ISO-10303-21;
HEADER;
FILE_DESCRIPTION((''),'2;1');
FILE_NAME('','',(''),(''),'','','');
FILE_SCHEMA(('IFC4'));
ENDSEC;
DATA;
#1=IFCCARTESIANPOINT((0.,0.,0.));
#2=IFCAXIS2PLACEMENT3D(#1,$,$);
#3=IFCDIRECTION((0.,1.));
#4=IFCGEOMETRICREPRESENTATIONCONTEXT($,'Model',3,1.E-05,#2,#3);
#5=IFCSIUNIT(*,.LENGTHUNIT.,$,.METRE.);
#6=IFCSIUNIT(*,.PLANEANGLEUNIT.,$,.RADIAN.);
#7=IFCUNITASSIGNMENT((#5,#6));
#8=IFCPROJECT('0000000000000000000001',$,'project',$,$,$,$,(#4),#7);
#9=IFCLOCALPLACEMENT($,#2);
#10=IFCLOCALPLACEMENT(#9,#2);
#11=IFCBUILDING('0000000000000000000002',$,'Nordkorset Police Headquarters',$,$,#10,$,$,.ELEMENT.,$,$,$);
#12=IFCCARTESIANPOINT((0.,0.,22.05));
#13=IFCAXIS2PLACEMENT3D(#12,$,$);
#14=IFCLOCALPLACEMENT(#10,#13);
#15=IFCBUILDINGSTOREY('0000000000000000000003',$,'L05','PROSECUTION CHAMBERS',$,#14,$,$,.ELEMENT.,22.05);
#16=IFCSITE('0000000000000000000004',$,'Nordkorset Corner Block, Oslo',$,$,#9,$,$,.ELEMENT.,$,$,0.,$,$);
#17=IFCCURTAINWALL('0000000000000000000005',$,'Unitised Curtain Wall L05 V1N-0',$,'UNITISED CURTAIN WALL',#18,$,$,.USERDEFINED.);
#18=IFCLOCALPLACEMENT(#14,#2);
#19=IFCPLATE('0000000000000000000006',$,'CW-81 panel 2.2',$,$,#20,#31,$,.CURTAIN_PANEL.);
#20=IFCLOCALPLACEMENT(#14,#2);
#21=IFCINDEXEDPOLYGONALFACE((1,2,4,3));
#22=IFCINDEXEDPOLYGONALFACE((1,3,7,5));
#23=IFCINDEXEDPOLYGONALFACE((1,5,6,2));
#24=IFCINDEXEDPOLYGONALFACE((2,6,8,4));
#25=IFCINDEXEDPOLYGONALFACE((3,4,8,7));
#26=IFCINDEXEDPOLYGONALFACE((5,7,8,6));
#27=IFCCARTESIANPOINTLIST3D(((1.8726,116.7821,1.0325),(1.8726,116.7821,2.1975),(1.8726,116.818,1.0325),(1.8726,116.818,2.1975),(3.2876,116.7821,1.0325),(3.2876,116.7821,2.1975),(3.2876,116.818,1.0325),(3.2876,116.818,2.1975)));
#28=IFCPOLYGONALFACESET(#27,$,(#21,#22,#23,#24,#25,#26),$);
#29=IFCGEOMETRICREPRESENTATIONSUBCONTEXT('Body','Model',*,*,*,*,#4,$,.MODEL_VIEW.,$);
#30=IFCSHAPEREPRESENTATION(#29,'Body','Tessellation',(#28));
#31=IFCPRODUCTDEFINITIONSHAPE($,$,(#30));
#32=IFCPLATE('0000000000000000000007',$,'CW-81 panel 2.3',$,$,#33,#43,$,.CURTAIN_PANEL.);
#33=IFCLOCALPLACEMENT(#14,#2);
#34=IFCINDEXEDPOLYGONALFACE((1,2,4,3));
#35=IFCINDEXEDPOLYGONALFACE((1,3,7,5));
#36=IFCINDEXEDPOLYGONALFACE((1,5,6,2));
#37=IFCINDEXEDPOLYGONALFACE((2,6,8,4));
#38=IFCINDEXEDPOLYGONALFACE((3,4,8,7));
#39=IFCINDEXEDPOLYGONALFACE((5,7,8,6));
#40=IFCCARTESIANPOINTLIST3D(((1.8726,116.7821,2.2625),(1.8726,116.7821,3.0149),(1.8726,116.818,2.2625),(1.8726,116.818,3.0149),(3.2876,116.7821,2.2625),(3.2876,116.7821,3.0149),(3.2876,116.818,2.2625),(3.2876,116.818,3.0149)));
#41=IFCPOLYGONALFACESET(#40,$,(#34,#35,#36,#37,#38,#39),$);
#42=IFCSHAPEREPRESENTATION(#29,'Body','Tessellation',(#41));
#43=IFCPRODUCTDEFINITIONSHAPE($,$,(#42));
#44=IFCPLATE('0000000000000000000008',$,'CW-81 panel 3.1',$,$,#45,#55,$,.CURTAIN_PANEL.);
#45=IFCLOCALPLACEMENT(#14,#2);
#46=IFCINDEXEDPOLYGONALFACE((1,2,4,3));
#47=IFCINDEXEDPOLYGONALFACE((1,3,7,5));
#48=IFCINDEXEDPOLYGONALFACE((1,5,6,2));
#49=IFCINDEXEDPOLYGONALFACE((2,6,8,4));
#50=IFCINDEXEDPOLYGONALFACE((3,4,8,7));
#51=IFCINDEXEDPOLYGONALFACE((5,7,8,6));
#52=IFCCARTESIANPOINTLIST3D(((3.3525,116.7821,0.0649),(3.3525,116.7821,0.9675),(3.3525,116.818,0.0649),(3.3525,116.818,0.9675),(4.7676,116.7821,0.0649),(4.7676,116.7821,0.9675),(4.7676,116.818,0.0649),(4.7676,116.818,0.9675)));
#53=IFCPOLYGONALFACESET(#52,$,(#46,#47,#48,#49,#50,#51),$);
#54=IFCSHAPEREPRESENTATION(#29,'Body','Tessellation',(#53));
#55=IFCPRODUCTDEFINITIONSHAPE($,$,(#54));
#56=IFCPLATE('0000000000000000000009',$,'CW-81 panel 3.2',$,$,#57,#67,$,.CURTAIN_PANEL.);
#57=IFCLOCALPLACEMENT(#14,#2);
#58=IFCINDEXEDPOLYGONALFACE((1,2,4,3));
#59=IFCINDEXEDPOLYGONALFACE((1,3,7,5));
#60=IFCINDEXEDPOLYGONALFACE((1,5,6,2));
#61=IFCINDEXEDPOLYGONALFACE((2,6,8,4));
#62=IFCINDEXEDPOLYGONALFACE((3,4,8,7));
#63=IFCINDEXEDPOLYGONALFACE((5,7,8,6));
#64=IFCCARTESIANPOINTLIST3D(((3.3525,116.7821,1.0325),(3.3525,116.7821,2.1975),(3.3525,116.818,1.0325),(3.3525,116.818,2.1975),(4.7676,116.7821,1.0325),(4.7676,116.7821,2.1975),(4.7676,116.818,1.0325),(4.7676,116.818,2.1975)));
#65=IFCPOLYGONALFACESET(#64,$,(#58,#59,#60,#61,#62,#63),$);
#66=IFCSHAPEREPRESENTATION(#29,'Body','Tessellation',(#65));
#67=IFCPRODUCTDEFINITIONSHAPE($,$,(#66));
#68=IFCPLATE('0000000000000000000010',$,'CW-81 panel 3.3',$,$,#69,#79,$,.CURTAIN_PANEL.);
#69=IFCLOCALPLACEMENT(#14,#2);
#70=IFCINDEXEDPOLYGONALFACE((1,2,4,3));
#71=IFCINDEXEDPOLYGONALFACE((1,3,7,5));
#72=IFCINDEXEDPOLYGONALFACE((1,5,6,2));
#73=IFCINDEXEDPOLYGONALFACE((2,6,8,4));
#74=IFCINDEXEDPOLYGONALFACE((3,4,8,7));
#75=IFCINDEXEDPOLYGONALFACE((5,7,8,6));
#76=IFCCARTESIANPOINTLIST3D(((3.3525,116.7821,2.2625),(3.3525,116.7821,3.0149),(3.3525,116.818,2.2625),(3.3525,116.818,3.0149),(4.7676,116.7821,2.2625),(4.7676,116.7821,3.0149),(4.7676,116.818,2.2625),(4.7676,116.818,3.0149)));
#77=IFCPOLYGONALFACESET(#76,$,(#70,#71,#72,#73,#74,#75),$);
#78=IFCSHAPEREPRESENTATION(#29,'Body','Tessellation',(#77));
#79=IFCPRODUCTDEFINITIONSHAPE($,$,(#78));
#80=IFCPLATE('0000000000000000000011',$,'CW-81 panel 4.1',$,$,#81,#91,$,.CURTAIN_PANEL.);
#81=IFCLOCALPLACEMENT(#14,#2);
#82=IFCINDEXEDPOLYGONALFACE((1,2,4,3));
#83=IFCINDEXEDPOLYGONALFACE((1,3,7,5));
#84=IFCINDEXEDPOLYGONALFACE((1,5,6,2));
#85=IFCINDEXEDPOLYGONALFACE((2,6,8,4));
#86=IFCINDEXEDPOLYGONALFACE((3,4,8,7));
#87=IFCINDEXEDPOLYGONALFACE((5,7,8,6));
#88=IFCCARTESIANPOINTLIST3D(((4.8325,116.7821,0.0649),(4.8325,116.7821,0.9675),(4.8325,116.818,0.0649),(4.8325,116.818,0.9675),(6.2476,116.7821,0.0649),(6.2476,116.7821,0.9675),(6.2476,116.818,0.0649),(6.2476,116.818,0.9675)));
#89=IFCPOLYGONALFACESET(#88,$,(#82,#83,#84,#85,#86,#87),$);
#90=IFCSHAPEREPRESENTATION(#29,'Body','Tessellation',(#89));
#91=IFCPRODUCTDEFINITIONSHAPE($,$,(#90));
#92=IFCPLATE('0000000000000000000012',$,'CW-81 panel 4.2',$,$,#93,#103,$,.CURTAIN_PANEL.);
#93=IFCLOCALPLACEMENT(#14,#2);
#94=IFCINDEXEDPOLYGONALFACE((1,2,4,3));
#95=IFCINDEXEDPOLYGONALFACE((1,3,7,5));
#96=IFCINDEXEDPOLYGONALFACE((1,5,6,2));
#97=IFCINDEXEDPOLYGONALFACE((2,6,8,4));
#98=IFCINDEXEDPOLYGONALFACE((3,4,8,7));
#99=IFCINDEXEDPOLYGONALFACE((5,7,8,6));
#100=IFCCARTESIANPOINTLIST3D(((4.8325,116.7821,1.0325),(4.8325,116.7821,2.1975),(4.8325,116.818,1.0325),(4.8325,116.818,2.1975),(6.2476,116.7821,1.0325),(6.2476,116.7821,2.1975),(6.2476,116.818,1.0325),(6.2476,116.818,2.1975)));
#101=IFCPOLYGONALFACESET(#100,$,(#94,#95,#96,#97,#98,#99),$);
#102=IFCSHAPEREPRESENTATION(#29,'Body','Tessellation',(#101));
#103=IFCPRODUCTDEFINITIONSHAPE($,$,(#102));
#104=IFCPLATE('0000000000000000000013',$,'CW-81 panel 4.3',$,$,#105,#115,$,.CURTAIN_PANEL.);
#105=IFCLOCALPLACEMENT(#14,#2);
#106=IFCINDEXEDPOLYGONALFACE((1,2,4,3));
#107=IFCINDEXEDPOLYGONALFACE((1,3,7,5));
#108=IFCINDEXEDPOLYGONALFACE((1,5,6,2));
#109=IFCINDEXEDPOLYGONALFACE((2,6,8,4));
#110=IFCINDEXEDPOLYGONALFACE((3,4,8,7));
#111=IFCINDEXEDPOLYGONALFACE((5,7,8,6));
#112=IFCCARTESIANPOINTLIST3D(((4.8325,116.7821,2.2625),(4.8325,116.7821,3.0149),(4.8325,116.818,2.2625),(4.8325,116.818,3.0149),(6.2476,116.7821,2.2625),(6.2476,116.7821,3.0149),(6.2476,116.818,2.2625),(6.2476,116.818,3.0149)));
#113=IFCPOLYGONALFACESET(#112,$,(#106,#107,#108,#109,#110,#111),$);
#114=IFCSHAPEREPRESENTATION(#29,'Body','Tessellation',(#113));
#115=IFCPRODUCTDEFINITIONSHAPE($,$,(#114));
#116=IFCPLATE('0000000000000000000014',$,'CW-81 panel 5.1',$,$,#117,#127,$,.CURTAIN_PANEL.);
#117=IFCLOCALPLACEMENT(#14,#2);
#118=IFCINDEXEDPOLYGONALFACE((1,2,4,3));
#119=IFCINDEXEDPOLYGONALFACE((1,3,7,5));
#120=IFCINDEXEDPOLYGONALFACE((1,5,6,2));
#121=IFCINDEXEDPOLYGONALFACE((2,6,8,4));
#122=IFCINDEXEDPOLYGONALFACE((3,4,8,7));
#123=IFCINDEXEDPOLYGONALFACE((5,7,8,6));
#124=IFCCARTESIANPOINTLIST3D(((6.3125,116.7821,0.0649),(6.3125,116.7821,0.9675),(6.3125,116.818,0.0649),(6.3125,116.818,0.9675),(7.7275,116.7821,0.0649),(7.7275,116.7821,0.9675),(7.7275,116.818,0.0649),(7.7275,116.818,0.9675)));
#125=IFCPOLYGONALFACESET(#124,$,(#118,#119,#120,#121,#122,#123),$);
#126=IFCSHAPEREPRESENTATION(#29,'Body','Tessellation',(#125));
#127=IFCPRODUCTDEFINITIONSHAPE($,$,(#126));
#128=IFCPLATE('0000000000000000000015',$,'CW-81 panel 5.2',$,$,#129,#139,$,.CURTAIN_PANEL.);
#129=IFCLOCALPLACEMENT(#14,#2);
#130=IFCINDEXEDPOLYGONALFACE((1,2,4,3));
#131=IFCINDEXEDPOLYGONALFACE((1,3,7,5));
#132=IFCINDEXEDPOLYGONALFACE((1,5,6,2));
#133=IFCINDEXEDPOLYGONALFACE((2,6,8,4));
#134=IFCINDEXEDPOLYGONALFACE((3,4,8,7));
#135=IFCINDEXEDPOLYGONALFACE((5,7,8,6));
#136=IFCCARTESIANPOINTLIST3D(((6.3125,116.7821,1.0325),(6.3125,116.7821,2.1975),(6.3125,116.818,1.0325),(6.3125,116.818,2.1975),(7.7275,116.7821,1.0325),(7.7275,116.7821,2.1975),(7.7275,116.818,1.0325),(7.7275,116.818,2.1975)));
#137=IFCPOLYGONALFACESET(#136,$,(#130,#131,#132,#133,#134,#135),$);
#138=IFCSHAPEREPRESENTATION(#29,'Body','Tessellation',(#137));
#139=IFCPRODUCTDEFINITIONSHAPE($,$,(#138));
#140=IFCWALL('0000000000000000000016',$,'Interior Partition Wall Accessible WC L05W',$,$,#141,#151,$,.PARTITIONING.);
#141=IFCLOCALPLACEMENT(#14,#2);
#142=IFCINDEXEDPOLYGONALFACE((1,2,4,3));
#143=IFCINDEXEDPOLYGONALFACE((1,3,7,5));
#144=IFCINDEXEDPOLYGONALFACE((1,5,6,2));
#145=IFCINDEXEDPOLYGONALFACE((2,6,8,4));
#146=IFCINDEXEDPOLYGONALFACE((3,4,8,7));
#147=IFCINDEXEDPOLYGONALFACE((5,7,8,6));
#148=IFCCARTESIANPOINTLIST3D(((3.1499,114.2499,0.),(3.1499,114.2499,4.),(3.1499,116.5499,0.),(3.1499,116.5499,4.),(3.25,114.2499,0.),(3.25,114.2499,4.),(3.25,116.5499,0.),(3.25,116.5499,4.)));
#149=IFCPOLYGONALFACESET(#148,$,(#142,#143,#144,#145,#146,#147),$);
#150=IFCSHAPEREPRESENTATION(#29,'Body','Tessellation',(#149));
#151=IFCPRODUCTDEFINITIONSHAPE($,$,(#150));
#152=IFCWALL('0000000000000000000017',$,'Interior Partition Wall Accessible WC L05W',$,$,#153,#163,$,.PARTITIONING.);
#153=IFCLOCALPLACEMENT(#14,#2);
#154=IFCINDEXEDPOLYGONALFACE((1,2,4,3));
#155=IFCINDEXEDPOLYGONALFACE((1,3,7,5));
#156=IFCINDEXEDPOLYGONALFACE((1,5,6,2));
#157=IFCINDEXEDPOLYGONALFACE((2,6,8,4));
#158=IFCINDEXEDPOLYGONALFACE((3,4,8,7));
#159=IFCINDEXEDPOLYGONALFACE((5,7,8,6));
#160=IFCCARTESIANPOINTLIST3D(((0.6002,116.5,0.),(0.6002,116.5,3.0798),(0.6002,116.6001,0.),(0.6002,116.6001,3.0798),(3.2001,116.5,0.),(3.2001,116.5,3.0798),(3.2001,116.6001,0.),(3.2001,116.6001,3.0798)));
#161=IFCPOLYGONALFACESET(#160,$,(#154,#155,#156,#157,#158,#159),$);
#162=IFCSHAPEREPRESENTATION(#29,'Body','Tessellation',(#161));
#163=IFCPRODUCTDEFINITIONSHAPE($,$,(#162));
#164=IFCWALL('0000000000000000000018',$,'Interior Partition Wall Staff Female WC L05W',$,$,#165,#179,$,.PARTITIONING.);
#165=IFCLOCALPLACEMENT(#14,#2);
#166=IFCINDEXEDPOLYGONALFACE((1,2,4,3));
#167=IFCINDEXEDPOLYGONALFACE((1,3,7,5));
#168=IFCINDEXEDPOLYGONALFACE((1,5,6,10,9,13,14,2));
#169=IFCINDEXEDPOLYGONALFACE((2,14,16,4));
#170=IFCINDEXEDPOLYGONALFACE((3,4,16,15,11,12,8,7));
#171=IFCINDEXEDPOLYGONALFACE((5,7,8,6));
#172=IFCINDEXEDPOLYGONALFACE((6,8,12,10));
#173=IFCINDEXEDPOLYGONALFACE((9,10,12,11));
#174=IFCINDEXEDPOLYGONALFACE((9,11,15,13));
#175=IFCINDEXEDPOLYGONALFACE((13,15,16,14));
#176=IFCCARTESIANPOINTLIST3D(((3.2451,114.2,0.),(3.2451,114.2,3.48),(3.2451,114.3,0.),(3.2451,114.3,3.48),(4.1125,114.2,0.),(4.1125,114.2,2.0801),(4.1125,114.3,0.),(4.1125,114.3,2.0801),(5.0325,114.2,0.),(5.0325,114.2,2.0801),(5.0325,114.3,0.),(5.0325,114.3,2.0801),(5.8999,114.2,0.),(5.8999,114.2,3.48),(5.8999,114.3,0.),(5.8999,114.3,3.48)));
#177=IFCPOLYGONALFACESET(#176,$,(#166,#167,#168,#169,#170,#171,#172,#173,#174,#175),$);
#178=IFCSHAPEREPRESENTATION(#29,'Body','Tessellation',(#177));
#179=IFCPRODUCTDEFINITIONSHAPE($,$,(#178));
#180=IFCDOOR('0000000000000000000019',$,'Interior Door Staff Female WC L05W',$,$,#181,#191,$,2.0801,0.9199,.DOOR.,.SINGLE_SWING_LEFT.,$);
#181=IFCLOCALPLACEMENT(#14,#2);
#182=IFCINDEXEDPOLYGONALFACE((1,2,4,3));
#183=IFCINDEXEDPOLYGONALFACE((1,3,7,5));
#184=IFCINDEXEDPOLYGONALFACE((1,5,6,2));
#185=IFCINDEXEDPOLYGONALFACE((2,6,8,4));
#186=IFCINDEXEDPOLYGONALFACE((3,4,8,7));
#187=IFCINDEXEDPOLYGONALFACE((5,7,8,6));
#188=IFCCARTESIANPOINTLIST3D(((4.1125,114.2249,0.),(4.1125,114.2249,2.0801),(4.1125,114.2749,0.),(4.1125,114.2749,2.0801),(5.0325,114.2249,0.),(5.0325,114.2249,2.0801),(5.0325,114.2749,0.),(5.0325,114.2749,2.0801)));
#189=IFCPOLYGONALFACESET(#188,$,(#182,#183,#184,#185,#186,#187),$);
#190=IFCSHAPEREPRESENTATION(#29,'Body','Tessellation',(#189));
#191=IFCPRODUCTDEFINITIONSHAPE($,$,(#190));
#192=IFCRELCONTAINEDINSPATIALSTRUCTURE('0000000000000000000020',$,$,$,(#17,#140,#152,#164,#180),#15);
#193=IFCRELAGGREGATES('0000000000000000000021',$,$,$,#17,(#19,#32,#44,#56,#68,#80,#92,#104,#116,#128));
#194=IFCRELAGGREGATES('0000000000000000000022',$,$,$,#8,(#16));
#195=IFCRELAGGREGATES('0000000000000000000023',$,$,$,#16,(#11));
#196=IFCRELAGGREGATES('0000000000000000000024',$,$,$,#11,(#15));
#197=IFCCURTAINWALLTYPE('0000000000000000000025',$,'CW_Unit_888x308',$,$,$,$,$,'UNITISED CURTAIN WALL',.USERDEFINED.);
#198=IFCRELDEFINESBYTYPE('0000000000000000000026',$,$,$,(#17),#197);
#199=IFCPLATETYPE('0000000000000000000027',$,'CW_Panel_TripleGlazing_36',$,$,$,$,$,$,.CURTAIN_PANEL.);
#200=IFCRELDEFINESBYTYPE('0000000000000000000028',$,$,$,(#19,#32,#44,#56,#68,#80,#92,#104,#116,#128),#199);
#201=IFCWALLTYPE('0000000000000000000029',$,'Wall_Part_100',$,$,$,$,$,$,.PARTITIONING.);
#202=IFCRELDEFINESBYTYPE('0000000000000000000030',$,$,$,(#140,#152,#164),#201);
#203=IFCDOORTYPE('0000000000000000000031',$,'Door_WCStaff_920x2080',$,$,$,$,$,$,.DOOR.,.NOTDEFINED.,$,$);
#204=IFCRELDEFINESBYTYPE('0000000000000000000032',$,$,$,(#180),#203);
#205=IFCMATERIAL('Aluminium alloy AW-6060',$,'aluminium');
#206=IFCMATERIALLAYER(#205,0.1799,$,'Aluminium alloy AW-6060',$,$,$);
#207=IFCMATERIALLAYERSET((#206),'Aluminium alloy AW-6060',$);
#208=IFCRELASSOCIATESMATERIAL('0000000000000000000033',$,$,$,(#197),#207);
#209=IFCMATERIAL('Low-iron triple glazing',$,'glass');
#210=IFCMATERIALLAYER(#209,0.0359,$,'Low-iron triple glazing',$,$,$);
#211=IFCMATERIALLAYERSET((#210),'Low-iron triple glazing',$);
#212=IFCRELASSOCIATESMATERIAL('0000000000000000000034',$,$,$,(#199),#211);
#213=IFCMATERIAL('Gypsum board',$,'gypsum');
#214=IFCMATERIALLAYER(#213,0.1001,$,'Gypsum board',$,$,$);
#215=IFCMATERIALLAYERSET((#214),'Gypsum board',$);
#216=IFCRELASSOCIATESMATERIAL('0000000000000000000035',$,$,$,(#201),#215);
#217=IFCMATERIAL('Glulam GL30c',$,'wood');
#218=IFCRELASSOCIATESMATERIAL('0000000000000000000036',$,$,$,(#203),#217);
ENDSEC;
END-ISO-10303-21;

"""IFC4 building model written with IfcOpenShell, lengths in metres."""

from ifc_helpers import new_model, si_unit, direction, frame, frame_2d, origin, origin_2d, place, context, subcontext, project, spatial, rectangle, extrude, material, layer, layer_set, type_object, element, fill, aggregate, save


model = new_model("IFC4")

# Units and contexts
model_context = context("Model", 3, precision=1e-05, world=origin(), true_north=direction((0.0, 1.0)))
body_context = subcontext(model_context, "Body", "Model", "MODEL_VIEW")
ifc_project = project(units=[si_unit("LENGTHUNIT", "METRE"), si_unit("PLANEANGLEUNIT", "RADIAN")], contexts=[model_context])

# Site, building, storey
site_placement = place(None, origin())
site = spatial("IfcSite", under=ifc_project, at=site_placement, Name="Nordkorset Corner Block, Oslo", CompositionType="ELEMENT", RefElevation=0.0)
building_placement = place(site_placement, origin())
building = spatial("IfcBuilding", under=site, at=building_placement, Name="Nordkorset Police Headquarters", CompositionType="ELEMENT")
storey_placement = place(building_placement, frame((0.0, 0.0, 22.05)))
storey = spatial("IfcBuildingStorey", under=building, at=storey_placement, Name="L05", Description="PROSECUTION CHAMBERS", CompositionType="ELEMENT", Elevation=22.05)

# Curtain wall, plates
ifc_material_1 = material(Name="Aluminium alloy AW-6060", Category="aluminium")
ifc_layer_1 = layer(ifc_material_1, 0.1799, Name="Aluminium alloy AW-6060")
ifc_layer_set_1 = layer_set([ifc_layer_1], Name="Aluminium alloy AW-6060")
curtain_wall_type = type_object("IfcCurtainWallType", Name="CW_Unit_888x308", ElementType="UNITISED CURTAIN WALL", PredefinedType="USERDEFINED", material=ifc_layer_set_1)
curtain_wall_placement = place(storey_placement, origin())
curtain_wall = element("IfcCurtainWall", 1, at=curtain_wall_placement, inside=storey, type_object=curtain_wall_type, Name="Unitised Curtain Wall L05 V1N-0", ObjectType="UNITISED CURTAIN WALL", PredefinedType="USERDEFINED")
ifc_material_2 = material(Name="Low-iron triple glazing", Category="glass")
ifc_layer_2 = layer(ifc_material_2, 0.0359, Name="Low-iron triple glazing")
ifc_layer_set_2 = layer_set([ifc_layer_2], Name="Low-iron triple glazing")
plate_type = type_object("IfcPlateType", Name="CW_Panel_TripleGlazing_36", PredefinedType="CURTAIN_PANEL", material=ifc_layer_set_2)
plate_1_placement = place(storey_placement, frame((2.5801, 116.8, 1.0325), z_axis=(0.0, 0.0, 1.0), x_axis=(1.0, 0.0, 0.0)))
plate_1 = element("IfcPlate", 2, at=plate_1_placement, type_object=plate_type, Name="CW-81 panel 2.2", PredefinedType="CURTAIN_PANEL", context=body_context, shape_type="SweptSolid", body=[
    extrude(rectangle(XDim=1.415, YDim=0.0359, at=origin_2d()), origin(), (0.0, 0.0, 1.0), 1.165),
])
plate_2_placement = place(storey_placement, frame((2.5801, 116.8, 2.2625), z_axis=(0.0, 0.0, 1.0), x_axis=(1.0, 0.0, 0.0)))
plate_2 = element("IfcPlate", 3, at=plate_2_placement, type_object=plate_type, Name="CW-81 panel 2.3", PredefinedType="CURTAIN_PANEL", context=body_context, shape_type="SweptSolid", body=[
    extrude(rectangle(XDim=1.415, YDim=0.0359, at=origin_2d()), origin(), (0.0, 0.0, 1.0), 0.7524),
])
plate_3_placement = place(storey_placement, frame((4.0601, 116.8, 0.0649), z_axis=(0.0, 0.0, 1.0), x_axis=(1.0, 0.0, 0.0)))
plate_3 = element("IfcPlate", 4, at=plate_3_placement, type_object=plate_type, Name="CW-81 panel 3.1", PredefinedType="CURTAIN_PANEL", context=body_context, shape_type="SweptSolid", body=[
    extrude(rectangle(XDim=1.415, YDim=0.0359, at=origin_2d()), origin(), (0.0, 0.0, 1.0), 0.9026),
])
plate_4_placement = place(storey_placement, frame((4.0601, 116.8, 1.0325), z_axis=(0.0, 0.0, 1.0), x_axis=(1.0, 0.0, 0.0)))
plate_4 = element("IfcPlate", 5, at=plate_4_placement, type_object=plate_type, Name="CW-81 panel 3.2", PredefinedType="CURTAIN_PANEL", context=body_context, shape_type="SweptSolid", body=[
    extrude(rectangle(XDim=1.415, YDim=0.0359, at=origin_2d()), origin(), (0.0, 0.0, 1.0), 1.165),
])
plate_5_placement = place(storey_placement, frame((4.0601, 116.8, 2.2625), z_axis=(0.0, 0.0, 1.0), x_axis=(1.0, 0.0, 0.0)))
plate_5 = element("IfcPlate", 6, at=plate_5_placement, type_object=plate_type, Name="CW-81 panel 3.3", PredefinedType="CURTAIN_PANEL", context=body_context, shape_type="SweptSolid", body=[
    extrude(rectangle(XDim=1.415, YDim=0.0359, at=origin_2d()), origin(), (0.0, 0.0, 1.0), 0.7524),
])
plate_6_placement = place(storey_placement, frame((5.54, 116.8, 0.0649), z_axis=(0.0, 0.0, 1.0), x_axis=(1.0, 0.0, 0.0)))
plate_6 = element("IfcPlate", 7, at=plate_6_placement, type_object=plate_type, Name="CW-81 panel 4.1", PredefinedType="CURTAIN_PANEL", context=body_context, shape_type="SweptSolid", body=[
    extrude(rectangle(XDim=1.415, YDim=0.0359, at=origin_2d()), origin(), (0.0, 0.0, 1.0), 0.9026),
])
plate_7_placement = place(storey_placement, frame((5.54, 116.8, 1.0325), z_axis=(0.0, 0.0, 1.0), x_axis=(1.0, 0.0, 0.0)))
plate_7 = element("IfcPlate", 8, at=plate_7_placement, type_object=plate_type, Name="CW-81 panel 4.2", PredefinedType="CURTAIN_PANEL", context=body_context, shape_type="SweptSolid", body=[
    extrude(rectangle(XDim=1.415, YDim=0.0359, at=origin_2d()), origin(), (0.0, 0.0, 1.0), 1.165),
])
plate_8_placement = place(storey_placement, frame((5.54, 116.8, 2.2625), z_axis=(0.0, 0.0, 1.0), x_axis=(1.0, 0.0, 0.0)))
plate_8 = element("IfcPlate", 9, at=plate_8_placement, type_object=plate_type, Name="CW-81 panel 4.3", PredefinedType="CURTAIN_PANEL", context=body_context, shape_type="SweptSolid", body=[
    extrude(rectangle(XDim=1.415, YDim=0.0359, at=origin_2d()), origin(), (0.0, 0.0, 1.0), 0.7524),
])
plate_9_placement = place(storey_placement, frame((7.02, 116.8, 0.0649), z_axis=(0.0, 0.0, 1.0), x_axis=(1.0, 0.0, 0.0)))
plate_9 = element("IfcPlate", 10, at=plate_9_placement, type_object=plate_type, Name="CW-81 panel 5.1", PredefinedType="CURTAIN_PANEL", context=body_context, shape_type="SweptSolid", body=[
    extrude(rectangle(XDim=1.415, YDim=0.0359, at=origin_2d()), origin(), (0.0, 0.0, 1.0), 0.9026),
])
plate_10_placement = place(storey_placement, frame((7.02, 116.8, 1.0325), z_axis=(0.0, 0.0, 1.0), x_axis=(1.0, 0.0, 0.0)))
plate_10 = element("IfcPlate", 11, at=plate_10_placement, type_object=plate_type, Name="CW-81 panel 5.2", PredefinedType="CURTAIN_PANEL", context=body_context, shape_type="SweptSolid", body=[
    extrude(rectangle(XDim=1.415, YDim=0.0359, at=origin_2d()), origin(), (0.0, 0.0, 1.0), 1.165),
])
aggregate(curtain_wall, [plate_1, plate_2, plate_3, plate_4, plate_5, plate_6, plate_7, plate_8, plate_9, plate_10])

# Walls
ifc_material_3 = material(Name="Gypsum board", Category="gypsum")
ifc_layer_3 = layer(ifc_material_3, 0.1001, Name="Gypsum board")
ifc_layer_set_3 = layer_set([ifc_layer_3], Name="Gypsum board")
wall_type = type_object("IfcWallType", Name="Wall_Part_100", PredefinedType="PARTITIONING", material=ifc_layer_set_3)
wall_1_placement = place(storey_placement, frame((3.2, 114.25, 0.0), z_axis=(0.0, 0.0, 1.0), x_axis=(0.0, 1.0, 0.0)))
element("IfcWall", 12, at=wall_1_placement, inside=storey, type_object=wall_type, Name="Interior Partition Wall Accessible WC L05W", PredefinedType="PARTITIONING", context=body_context, shape_type="SweptSolid", body=[
    extrude(rectangle(XDim=2.3, YDim=0.1001, at=frame_2d((1.1499, 0.0))), origin(), (0.0, 0.0, 1.0), 4.0),
])
wall_2_placement = place(storey_placement, frame((3.2, 116.55, 0.0), z_axis=(0.0, 0.0, 1.0), x_axis=(-1.0, 0.0, 0.0)))
element("IfcWall", 13, at=wall_2_placement, inside=storey, type_object=wall_type, Name="Interior Partition Wall Accessible WC L05W", PredefinedType="PARTITIONING", context=body_context, shape_type="SweptSolid", body=[
    extrude(rectangle(XDim=2.5999, YDim=0.1001, at=frame_2d((1.2998, 0.0))), origin(), (0.0, 0.0, 1.0), 3.0798),
])

# Wall, opening, door
wall_3_placement = place(storey_placement, frame((3.2451, 114.25, 0.0), z_axis=(0.0, 0.0, 1.0), x_axis=(1.0, 0.0, 0.0)))
wall_3 = element("IfcWall", 14, at=wall_3_placement, inside=storey, type_object=wall_type, Name="Interior Partition Wall Staff Female WC L05W", PredefinedType="PARTITIONING", context=body_context, shape_type="SweptSolid", body=[
    extrude(rectangle(XDim=2.6548, YDim=0.1001, at=frame_2d((1.3274, 0.0))), origin(), (0.0, 0.0, 1.0), 3.48),
])
opening_1_placement = place(wall_3_placement, frame((0.8674, 0.0, 0.0)))
opening_1 = element("IfcOpeningElement", 15, at=opening_1_placement, cuts=wall_3, PredefinedType="OPENING", context=body_context, shape_type="SweptSolid", body=[
    extrude(rectangle(XDim=0.9199, YDim=2.0801, at=frame_2d((0.46, 1.04))), frame((0.0, 0.0601, 0.0), z_axis=(0.0, -1.0, 0.0), x_axis=(1.0, 0.0, 0.0)), (0.0, 0.0, 1.0), 0.1201),
])
ifc_material_4 = material(Name="Glulam GL30c", Category="wood")
door_type = type_object("IfcDoorType", Name="Door_WCStaff_920x2080", OperationType="NOTDEFINED", PredefinedType="DOOR", material=ifc_material_4)
door_1_placement = place(opening_1_placement, origin())
door_1 = element("IfcDoor", 16, at=door_1_placement, inside=storey, type_object=door_type, Name="Interior Door Staff Female WC L05W", OperationType="SINGLE_SWING_LEFT", OverallHeight=2.0801, OverallWidth=0.9199, PredefinedType="DOOR", context=body_context, shape_type="SweptSolid", body=[
    extrude(rectangle(XDim=0.9199, YDim=2.0801, at=frame_2d((0.46, 1.04))), frame((0.0, 0.0249, 0.0), z_axis=(0.0, -1.0, 0.0), x_axis=(1.0, 0.0, 0.0)), (0.0, 0.0, 1.0), 0.05),
])
fill(opening_1, door_1)

save(model, "model.ifc")
